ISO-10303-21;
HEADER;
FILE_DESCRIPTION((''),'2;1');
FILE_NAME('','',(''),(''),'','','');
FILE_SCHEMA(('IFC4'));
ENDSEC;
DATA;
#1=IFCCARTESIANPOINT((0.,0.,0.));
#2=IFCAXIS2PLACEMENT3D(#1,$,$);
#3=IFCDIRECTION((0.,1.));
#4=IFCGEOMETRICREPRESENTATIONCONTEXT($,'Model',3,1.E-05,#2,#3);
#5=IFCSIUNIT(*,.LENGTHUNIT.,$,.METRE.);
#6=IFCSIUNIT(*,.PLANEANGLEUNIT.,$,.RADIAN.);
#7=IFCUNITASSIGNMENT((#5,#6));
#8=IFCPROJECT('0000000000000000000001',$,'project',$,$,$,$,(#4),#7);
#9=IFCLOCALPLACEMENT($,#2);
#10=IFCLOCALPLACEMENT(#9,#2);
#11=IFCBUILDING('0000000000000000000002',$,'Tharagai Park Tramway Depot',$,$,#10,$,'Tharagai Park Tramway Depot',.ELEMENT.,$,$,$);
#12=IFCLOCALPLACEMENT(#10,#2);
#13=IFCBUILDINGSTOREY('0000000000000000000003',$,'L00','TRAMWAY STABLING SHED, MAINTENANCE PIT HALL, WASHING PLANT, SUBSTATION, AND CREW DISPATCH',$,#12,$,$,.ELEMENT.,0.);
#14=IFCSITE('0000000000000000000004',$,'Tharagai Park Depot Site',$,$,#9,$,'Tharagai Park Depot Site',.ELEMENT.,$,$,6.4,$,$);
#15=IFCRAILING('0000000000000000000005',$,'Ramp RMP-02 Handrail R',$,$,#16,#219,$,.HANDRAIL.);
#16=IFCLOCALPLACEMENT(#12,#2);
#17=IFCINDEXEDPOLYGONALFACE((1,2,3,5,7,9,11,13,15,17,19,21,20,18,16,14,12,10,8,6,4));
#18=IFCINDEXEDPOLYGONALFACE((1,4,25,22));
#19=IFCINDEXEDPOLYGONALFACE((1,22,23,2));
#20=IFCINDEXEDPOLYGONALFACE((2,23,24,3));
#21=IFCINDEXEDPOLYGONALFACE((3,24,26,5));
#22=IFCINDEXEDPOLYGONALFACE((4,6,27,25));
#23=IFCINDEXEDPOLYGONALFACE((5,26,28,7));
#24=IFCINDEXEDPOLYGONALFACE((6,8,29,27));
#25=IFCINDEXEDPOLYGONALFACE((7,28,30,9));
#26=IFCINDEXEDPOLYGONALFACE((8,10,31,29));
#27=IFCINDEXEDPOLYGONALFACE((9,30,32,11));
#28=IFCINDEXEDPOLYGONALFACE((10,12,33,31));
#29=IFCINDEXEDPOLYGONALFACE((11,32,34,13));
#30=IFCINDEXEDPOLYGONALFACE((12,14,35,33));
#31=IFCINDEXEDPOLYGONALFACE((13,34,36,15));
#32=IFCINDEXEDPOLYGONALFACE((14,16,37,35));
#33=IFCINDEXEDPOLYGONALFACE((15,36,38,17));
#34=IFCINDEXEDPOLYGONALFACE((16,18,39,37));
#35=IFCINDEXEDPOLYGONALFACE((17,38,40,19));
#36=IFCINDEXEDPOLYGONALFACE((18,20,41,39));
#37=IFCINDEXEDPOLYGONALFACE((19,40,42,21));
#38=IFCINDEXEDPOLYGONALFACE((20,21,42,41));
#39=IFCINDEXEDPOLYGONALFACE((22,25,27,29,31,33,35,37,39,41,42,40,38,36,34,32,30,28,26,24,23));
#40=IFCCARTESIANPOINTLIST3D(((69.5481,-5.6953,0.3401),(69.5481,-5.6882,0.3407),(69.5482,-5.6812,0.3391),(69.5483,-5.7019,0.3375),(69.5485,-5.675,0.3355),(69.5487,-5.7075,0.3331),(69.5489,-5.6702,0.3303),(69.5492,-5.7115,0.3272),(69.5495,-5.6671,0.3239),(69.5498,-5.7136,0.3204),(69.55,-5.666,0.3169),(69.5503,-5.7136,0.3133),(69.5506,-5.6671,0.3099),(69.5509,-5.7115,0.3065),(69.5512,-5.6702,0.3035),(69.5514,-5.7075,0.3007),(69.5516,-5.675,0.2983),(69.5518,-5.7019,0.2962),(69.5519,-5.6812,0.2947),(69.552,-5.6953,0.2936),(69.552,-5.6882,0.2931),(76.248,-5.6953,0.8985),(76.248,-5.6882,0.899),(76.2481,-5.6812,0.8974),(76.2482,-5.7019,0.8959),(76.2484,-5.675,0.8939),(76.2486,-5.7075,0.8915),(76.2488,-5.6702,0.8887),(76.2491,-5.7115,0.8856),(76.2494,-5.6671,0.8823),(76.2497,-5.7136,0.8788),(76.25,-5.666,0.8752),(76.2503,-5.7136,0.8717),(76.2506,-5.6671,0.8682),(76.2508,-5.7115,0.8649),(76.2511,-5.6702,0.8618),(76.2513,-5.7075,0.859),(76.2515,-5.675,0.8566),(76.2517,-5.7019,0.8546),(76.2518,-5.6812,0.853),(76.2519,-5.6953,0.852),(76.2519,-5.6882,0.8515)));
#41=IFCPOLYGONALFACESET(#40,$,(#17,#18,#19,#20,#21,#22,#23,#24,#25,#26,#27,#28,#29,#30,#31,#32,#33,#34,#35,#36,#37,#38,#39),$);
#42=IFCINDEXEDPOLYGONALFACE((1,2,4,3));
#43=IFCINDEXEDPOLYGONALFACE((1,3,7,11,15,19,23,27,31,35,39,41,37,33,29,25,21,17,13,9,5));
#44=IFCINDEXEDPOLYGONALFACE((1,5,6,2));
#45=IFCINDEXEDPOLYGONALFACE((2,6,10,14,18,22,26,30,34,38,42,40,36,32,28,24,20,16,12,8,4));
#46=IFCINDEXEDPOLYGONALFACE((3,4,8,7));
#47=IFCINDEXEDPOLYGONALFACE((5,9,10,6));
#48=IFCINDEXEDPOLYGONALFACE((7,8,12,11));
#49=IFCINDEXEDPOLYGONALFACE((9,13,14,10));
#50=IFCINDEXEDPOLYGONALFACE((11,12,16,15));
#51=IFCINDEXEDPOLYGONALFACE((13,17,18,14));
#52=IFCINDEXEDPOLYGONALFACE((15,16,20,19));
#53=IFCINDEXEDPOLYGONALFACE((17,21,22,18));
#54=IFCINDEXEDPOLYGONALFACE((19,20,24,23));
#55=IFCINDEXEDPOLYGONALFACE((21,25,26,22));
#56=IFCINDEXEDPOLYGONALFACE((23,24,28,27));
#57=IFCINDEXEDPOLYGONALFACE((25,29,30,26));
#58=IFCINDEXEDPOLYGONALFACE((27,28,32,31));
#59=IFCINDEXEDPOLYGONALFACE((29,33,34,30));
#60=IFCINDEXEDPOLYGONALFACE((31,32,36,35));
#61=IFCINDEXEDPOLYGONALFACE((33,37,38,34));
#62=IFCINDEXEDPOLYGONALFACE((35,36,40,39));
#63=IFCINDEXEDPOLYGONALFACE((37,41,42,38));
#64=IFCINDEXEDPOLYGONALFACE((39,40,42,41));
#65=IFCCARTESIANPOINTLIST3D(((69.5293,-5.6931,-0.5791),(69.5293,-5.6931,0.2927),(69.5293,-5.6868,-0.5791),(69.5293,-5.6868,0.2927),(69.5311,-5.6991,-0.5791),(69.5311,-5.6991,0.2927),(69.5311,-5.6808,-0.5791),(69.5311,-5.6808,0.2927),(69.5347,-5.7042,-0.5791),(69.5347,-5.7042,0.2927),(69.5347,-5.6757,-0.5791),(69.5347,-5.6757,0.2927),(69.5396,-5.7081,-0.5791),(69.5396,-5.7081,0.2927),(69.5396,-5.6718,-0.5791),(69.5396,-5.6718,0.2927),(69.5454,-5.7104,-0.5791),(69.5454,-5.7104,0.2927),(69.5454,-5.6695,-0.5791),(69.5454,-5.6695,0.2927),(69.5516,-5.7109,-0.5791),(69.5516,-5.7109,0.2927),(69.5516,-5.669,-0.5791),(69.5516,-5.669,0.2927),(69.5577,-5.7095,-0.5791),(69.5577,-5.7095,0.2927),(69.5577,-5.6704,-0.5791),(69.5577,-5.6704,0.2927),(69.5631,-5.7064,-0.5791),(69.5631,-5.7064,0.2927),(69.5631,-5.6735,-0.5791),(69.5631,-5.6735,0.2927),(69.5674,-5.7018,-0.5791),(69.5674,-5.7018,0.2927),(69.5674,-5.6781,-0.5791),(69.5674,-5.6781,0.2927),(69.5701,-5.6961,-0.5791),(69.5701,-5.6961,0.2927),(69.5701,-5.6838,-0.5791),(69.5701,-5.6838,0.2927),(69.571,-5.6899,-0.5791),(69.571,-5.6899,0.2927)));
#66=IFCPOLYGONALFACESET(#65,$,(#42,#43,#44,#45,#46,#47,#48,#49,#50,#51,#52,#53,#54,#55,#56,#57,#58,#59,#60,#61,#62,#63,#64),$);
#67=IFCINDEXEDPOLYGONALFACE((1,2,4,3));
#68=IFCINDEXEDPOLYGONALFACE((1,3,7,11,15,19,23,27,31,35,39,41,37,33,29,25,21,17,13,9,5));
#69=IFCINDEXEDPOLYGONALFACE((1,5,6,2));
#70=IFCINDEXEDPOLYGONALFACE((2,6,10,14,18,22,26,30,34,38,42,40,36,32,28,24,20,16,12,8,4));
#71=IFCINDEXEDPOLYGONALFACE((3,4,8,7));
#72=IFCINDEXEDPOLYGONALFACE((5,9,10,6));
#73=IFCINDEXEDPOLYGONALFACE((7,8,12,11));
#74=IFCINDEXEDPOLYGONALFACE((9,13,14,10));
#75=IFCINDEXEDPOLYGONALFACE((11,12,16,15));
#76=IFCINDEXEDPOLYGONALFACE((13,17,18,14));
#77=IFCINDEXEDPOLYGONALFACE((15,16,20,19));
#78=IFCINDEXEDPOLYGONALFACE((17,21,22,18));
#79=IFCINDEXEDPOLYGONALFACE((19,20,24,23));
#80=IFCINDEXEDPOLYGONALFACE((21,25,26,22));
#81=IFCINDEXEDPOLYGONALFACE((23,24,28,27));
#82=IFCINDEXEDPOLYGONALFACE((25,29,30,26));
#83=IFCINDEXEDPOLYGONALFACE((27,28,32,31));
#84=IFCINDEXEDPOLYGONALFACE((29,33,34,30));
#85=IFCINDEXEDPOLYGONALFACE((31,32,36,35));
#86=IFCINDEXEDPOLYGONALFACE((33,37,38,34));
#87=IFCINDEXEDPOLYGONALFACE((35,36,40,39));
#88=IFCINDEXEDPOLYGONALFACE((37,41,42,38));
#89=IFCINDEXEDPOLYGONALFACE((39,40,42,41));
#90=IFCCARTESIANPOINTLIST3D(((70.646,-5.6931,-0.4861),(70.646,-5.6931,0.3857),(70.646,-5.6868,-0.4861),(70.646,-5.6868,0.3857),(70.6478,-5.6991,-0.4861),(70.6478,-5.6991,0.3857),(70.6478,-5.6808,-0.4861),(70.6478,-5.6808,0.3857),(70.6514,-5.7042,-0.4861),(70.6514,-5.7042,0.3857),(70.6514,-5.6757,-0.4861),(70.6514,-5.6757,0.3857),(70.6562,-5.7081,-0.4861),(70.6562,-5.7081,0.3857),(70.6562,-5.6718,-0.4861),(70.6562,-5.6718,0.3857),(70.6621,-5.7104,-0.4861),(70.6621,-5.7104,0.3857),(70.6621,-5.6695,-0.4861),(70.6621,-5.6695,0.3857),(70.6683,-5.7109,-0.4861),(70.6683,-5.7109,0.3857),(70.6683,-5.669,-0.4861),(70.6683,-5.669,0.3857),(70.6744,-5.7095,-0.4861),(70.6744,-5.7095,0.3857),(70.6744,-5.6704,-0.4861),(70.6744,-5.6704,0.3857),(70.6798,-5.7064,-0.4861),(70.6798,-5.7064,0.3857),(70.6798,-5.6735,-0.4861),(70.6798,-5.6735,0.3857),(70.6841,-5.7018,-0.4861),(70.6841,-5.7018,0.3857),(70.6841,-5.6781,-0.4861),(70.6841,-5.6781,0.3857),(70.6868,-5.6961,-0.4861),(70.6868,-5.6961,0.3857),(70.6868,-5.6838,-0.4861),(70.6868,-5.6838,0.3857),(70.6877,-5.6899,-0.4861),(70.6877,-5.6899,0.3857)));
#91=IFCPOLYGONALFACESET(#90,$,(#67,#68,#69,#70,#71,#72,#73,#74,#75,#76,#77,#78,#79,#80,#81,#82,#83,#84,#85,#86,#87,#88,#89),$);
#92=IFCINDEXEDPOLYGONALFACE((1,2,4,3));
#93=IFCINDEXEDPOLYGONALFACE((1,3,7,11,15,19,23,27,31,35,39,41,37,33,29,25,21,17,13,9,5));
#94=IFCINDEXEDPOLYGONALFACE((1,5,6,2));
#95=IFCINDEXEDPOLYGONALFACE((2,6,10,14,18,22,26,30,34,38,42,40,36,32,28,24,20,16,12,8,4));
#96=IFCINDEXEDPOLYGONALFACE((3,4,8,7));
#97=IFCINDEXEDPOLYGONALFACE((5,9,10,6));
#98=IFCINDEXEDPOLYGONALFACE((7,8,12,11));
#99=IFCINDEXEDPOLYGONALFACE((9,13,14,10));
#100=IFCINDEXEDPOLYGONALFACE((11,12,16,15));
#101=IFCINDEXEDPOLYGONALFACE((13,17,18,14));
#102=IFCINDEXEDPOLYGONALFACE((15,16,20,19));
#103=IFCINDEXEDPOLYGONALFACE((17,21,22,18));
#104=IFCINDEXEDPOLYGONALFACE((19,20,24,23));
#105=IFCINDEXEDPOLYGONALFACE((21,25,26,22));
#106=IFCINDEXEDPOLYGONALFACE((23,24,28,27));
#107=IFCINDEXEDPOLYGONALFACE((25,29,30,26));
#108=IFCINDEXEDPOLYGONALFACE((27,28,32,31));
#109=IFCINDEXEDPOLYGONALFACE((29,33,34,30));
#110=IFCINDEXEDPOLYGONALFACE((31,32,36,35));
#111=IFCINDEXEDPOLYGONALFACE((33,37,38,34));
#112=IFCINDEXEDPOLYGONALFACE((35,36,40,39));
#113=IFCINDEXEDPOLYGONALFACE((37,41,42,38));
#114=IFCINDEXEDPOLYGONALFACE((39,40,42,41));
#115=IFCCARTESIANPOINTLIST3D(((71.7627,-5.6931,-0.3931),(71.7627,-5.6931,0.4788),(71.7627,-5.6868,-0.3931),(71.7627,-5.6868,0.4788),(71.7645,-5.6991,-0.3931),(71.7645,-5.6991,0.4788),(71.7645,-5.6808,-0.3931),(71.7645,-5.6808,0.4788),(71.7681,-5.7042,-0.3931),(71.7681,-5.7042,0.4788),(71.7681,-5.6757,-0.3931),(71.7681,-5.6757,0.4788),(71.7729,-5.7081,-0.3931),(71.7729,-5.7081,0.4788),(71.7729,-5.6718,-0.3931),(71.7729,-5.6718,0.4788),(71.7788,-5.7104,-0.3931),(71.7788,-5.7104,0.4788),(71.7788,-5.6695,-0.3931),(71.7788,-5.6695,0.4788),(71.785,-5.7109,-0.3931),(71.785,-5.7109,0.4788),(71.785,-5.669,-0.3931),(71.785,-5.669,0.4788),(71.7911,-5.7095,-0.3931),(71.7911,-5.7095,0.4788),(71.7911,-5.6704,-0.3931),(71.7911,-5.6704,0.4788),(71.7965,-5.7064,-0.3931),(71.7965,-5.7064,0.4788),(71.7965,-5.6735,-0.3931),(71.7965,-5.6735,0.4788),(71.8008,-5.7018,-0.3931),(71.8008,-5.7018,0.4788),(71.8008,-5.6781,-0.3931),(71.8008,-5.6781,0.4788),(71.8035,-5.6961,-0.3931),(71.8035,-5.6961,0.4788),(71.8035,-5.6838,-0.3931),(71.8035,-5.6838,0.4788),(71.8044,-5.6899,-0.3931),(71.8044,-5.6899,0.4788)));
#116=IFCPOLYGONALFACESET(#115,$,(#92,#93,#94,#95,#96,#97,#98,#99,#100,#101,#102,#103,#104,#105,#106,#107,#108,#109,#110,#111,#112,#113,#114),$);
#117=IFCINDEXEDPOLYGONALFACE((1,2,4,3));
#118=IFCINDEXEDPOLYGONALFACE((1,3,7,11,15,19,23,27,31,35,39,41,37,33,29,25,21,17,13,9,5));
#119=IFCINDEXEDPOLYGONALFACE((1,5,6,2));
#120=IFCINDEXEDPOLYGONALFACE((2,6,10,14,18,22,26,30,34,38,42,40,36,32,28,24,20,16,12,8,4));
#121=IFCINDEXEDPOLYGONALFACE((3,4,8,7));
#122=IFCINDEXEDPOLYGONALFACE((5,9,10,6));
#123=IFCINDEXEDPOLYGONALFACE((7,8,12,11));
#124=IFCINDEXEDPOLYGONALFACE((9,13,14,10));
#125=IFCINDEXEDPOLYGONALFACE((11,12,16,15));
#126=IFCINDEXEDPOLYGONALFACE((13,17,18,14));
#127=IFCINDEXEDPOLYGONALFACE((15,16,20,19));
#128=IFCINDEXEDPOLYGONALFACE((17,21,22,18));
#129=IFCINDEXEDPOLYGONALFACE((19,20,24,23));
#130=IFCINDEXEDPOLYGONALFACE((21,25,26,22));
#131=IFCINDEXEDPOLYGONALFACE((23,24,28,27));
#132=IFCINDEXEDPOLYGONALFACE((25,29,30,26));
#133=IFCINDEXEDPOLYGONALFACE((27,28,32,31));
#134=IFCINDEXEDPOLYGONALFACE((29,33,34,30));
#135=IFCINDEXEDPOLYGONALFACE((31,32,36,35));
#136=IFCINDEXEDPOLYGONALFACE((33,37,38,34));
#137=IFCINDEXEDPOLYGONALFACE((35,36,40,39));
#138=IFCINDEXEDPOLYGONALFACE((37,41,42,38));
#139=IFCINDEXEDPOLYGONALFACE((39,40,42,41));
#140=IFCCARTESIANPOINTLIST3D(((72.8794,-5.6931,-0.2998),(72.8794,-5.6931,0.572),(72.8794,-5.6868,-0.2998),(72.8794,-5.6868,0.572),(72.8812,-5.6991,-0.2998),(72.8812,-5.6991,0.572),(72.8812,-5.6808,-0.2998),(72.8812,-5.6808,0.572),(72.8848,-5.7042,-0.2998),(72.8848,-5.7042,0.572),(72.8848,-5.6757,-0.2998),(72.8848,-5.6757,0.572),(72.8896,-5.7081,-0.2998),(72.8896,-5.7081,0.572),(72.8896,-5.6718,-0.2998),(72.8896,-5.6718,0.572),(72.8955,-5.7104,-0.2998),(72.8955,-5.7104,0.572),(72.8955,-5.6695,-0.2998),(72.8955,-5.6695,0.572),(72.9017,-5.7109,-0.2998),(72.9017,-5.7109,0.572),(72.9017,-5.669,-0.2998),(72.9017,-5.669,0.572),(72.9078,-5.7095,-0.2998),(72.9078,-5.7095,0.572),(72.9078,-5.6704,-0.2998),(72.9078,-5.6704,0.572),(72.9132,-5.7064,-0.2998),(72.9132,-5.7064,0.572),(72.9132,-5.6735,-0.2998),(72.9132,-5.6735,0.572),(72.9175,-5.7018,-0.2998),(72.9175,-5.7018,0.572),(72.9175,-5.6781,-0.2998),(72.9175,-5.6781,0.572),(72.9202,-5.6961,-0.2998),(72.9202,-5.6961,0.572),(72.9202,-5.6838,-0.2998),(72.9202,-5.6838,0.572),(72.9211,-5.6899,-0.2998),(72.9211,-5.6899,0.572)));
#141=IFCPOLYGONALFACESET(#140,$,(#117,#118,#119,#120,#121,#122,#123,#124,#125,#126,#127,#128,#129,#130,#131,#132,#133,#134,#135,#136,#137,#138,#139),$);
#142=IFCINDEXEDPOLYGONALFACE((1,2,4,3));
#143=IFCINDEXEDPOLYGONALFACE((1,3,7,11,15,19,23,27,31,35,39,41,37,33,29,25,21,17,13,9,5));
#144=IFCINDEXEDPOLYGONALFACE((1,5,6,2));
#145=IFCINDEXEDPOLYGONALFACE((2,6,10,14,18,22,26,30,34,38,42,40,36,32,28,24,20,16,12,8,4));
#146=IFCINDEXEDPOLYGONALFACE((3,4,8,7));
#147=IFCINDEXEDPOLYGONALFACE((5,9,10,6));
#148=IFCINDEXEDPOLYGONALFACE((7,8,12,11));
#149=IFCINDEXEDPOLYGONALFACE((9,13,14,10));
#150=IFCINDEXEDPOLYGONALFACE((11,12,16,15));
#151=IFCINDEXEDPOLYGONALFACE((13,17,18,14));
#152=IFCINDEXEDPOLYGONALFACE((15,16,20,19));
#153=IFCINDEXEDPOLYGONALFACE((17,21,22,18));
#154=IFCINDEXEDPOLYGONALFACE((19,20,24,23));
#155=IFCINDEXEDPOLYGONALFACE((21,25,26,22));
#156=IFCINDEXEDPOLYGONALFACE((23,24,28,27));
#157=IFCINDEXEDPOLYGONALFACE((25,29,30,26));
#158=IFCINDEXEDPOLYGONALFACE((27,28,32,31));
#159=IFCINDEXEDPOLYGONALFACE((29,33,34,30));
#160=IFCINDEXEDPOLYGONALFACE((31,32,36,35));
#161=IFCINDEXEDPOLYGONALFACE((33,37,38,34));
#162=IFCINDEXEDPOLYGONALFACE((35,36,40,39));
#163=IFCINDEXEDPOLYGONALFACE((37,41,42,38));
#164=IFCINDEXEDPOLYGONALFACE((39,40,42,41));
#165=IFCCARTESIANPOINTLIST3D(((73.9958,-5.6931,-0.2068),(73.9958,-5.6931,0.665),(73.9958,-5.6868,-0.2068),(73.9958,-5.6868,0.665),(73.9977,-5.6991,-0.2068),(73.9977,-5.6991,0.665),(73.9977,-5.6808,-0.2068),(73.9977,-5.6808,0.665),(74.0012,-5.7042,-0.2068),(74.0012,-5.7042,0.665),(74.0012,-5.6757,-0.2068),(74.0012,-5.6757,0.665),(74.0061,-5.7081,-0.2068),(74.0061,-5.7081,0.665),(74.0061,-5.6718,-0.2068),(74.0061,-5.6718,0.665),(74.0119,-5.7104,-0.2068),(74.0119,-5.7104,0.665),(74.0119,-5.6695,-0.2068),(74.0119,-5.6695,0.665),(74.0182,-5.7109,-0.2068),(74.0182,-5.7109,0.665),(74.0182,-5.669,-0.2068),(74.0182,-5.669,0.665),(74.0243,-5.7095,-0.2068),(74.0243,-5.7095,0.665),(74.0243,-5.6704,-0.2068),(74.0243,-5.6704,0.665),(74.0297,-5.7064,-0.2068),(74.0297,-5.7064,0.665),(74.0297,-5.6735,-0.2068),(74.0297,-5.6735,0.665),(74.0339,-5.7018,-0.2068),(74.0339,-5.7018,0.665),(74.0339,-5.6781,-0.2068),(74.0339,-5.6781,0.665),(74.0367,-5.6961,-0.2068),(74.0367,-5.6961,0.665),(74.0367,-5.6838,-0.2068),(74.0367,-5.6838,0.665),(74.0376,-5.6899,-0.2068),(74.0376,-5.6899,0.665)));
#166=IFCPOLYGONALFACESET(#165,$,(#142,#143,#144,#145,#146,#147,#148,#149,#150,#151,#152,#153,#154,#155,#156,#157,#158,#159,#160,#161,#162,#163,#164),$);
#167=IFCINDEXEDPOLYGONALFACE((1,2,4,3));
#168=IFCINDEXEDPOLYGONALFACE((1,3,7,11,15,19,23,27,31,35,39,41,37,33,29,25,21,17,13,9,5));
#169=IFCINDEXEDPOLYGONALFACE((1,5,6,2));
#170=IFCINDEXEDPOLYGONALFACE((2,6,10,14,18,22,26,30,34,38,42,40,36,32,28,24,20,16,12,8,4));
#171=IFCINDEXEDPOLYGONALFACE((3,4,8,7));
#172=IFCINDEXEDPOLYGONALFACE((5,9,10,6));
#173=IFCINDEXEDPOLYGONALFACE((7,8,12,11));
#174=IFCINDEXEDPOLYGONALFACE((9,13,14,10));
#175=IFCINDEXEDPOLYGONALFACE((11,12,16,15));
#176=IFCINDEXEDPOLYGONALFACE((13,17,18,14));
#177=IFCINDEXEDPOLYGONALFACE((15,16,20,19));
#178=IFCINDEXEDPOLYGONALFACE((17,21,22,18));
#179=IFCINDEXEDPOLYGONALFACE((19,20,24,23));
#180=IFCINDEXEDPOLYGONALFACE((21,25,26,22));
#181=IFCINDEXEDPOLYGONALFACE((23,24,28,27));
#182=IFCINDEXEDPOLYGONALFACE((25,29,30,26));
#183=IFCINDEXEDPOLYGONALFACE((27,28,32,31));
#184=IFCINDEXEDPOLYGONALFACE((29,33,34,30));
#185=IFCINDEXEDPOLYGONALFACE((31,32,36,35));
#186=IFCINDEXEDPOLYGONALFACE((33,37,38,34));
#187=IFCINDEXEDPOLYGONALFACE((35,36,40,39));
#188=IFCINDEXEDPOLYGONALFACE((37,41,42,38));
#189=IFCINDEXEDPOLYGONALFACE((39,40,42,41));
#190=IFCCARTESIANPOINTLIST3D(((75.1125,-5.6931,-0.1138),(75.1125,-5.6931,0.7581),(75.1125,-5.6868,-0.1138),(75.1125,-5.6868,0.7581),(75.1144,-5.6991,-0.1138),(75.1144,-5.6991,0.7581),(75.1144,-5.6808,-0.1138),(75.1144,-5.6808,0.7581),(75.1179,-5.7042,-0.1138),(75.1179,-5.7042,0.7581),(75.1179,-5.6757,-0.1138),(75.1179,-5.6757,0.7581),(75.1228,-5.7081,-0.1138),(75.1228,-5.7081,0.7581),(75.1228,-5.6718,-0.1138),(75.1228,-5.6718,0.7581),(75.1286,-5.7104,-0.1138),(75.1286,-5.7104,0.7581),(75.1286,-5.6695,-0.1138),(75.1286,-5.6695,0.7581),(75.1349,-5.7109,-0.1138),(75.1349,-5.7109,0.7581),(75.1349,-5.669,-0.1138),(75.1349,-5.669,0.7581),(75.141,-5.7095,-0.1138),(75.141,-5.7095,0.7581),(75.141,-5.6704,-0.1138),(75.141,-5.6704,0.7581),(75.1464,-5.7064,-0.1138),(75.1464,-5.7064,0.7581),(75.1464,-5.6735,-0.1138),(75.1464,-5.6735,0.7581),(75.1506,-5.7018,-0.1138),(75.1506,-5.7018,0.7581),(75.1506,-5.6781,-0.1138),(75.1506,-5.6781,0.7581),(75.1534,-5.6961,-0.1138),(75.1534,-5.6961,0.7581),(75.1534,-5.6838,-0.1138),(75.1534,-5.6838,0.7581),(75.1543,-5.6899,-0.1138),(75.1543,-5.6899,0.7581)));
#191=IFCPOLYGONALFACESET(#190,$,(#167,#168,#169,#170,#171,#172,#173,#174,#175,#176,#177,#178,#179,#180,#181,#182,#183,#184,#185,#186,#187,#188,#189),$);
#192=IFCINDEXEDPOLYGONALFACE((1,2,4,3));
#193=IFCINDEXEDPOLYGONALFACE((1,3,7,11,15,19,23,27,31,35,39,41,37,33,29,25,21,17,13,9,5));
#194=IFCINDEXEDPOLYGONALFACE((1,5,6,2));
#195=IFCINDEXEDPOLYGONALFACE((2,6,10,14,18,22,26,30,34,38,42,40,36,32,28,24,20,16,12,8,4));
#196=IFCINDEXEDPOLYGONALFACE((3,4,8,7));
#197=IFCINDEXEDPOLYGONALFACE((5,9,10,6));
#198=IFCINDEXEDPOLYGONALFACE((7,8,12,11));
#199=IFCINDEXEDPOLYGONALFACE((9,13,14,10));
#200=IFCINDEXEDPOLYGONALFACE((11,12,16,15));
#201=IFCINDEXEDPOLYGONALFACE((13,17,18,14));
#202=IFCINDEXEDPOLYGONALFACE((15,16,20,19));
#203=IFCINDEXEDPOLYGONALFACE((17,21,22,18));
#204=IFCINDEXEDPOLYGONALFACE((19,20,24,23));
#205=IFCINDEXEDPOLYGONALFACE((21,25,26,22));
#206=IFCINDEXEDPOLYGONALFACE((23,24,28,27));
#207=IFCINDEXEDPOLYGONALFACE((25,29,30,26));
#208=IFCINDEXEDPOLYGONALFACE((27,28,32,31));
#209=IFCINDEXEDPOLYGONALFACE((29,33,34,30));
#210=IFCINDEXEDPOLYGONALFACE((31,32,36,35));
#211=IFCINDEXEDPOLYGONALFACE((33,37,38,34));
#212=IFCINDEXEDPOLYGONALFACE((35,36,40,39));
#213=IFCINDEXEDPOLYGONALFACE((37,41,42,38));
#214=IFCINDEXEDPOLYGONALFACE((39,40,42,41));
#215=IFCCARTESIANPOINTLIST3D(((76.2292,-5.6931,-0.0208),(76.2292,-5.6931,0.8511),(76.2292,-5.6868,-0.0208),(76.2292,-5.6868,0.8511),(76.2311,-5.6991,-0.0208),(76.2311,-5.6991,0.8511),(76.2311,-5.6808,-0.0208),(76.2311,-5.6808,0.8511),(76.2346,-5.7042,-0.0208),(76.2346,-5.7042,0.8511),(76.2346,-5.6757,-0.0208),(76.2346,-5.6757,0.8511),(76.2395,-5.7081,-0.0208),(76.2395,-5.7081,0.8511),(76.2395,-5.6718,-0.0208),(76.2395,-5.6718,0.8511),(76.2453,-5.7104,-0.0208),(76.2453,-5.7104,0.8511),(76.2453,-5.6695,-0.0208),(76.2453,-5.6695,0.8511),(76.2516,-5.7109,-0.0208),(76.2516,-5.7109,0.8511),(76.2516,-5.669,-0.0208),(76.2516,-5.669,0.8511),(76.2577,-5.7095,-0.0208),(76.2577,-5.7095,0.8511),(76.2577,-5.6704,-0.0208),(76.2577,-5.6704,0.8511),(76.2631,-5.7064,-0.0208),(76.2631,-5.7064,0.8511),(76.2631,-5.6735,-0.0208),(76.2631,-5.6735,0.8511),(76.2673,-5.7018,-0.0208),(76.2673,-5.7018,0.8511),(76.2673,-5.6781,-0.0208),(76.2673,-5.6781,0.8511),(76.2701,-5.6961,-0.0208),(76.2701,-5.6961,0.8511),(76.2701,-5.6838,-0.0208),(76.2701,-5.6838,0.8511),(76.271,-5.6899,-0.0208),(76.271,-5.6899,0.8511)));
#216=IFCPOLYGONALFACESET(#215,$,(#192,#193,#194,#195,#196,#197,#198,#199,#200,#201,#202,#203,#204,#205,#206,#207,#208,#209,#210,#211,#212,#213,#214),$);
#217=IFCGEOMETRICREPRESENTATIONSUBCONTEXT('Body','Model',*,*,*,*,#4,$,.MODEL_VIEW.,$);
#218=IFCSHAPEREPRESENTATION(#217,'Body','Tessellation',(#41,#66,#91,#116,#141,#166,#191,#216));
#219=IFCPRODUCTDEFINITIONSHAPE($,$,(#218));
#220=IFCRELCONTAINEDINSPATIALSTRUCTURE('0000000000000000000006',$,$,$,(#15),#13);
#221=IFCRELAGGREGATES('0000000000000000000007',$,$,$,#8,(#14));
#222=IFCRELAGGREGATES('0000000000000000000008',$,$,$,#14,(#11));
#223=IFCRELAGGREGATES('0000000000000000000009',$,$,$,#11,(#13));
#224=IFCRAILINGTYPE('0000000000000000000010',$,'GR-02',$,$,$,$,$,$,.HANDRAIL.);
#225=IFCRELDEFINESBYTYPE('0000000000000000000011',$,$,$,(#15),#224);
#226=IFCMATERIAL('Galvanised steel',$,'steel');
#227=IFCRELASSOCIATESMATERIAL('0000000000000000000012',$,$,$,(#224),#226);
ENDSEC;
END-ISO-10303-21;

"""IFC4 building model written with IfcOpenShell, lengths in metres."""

from ifc_helpers import new_model, si_unit, direction, frame, origin, origin_2d, place, context, subcontext, project, spatial, circle, extrude, material, type_object, element, save


model = new_model("IFC4")

# Units and contexts
model_context = context("Model", 3, precision=1e-05, world=origin(), true_north=direction((0.0, 1.0)))
body_context = subcontext(model_context, "Body", "Model", "MODEL_VIEW")
ifc_project = project(units=[si_unit("LENGTHUNIT", "METRE"), si_unit("PLANEANGLEUNIT", "RADIAN")], contexts=[model_context])

# Site, building, storey
site_placement = place(None, origin())
site = spatial("IfcSite", under=ifc_project, at=site_placement, Name="Tharagai Park Depot Site", LongName="Tharagai Park Depot Site", CompositionType="ELEMENT", RefElevation=6.4)
building_placement = place(site_placement, origin())
building = spatial("IfcBuilding", under=site, at=building_placement, Name="Tharagai Park Tramway Depot", LongName="Tharagai Park Tramway Depot", CompositionType="ELEMENT")
storey_placement = place(building_placement, origin())
storey = spatial("IfcBuildingStorey", under=building, at=storey_placement, Name="L00", Description="TRAMWAY STABLING SHED, MAINTENANCE PIT HALL, WASHING PLANT, SUBSTATION, AND CREW DISPATCH", CompositionType="ELEMENT", Elevation=0.0)

# Railing
ifc_material_1 = material(Name="Galvanised steel", Category="steel")
railing_type_1 = type_object("IfcRailingType", Name="GR-02", PredefinedType="HANDRAIL", material=ifc_material_1)
for number, where, name in (
    (1, (69.55, -5.6899, -0.5791), "Ramp RMP-02 Handrail R"),
):
    element("IfcRailing", number, at=place(storey_placement, frame(where)), inside=storey, type_object=railing_type_1, Name=name, PredefinedType="HANDRAIL", context=body_context, shape_type="SweptSolid", body=[
        extrude(circle(Radius=0.0239, at=origin_2d()), frame((0.0, 0.0, 0.896), z_axis=(0.996546, 0.0, 0.083048), x_axis=(0.0, 1.0, 0.0)), (0.0, 0.0, 1.0), 6.7231),
        extrude(circle(Radius=0.021, at=origin_2d()), origin(), (0.0, 0.0, 1.0), 0.8718),
        extrude(circle(Radius=0.021, at=origin_2d()), frame((1.1167, 0.0, 0.093)), (0.0, 0.0, 1.0), 0.8718),
        extrude(circle(Radius=0.021, at=origin_2d()), frame((2.2334, 0.0, 0.186)), (0.0, 0.0, 1.0), 0.8718),
        extrude(circle(Radius=0.021, at=origin_2d()), frame((3.3501, 0.0, 0.2793)), (0.0, 0.0, 1.0), 0.8718),
        extrude(circle(Radius=0.021, at=origin_2d()), frame((4.4666, 0.0, 0.3723)), (0.0, 0.0, 1.0), 0.8718),
        extrude(circle(Radius=0.021, at=origin_2d()), frame((5.5833, 0.0, 0.4653)), (0.0, 0.0, 1.0), 0.8718),
        extrude(circle(Radius=0.021, at=origin_2d()), frame((6.7, 0.0, 0.5583)), (0.0, 0.0, 1.0), 0.8718),
    ])

save(model, "model.ifc")
